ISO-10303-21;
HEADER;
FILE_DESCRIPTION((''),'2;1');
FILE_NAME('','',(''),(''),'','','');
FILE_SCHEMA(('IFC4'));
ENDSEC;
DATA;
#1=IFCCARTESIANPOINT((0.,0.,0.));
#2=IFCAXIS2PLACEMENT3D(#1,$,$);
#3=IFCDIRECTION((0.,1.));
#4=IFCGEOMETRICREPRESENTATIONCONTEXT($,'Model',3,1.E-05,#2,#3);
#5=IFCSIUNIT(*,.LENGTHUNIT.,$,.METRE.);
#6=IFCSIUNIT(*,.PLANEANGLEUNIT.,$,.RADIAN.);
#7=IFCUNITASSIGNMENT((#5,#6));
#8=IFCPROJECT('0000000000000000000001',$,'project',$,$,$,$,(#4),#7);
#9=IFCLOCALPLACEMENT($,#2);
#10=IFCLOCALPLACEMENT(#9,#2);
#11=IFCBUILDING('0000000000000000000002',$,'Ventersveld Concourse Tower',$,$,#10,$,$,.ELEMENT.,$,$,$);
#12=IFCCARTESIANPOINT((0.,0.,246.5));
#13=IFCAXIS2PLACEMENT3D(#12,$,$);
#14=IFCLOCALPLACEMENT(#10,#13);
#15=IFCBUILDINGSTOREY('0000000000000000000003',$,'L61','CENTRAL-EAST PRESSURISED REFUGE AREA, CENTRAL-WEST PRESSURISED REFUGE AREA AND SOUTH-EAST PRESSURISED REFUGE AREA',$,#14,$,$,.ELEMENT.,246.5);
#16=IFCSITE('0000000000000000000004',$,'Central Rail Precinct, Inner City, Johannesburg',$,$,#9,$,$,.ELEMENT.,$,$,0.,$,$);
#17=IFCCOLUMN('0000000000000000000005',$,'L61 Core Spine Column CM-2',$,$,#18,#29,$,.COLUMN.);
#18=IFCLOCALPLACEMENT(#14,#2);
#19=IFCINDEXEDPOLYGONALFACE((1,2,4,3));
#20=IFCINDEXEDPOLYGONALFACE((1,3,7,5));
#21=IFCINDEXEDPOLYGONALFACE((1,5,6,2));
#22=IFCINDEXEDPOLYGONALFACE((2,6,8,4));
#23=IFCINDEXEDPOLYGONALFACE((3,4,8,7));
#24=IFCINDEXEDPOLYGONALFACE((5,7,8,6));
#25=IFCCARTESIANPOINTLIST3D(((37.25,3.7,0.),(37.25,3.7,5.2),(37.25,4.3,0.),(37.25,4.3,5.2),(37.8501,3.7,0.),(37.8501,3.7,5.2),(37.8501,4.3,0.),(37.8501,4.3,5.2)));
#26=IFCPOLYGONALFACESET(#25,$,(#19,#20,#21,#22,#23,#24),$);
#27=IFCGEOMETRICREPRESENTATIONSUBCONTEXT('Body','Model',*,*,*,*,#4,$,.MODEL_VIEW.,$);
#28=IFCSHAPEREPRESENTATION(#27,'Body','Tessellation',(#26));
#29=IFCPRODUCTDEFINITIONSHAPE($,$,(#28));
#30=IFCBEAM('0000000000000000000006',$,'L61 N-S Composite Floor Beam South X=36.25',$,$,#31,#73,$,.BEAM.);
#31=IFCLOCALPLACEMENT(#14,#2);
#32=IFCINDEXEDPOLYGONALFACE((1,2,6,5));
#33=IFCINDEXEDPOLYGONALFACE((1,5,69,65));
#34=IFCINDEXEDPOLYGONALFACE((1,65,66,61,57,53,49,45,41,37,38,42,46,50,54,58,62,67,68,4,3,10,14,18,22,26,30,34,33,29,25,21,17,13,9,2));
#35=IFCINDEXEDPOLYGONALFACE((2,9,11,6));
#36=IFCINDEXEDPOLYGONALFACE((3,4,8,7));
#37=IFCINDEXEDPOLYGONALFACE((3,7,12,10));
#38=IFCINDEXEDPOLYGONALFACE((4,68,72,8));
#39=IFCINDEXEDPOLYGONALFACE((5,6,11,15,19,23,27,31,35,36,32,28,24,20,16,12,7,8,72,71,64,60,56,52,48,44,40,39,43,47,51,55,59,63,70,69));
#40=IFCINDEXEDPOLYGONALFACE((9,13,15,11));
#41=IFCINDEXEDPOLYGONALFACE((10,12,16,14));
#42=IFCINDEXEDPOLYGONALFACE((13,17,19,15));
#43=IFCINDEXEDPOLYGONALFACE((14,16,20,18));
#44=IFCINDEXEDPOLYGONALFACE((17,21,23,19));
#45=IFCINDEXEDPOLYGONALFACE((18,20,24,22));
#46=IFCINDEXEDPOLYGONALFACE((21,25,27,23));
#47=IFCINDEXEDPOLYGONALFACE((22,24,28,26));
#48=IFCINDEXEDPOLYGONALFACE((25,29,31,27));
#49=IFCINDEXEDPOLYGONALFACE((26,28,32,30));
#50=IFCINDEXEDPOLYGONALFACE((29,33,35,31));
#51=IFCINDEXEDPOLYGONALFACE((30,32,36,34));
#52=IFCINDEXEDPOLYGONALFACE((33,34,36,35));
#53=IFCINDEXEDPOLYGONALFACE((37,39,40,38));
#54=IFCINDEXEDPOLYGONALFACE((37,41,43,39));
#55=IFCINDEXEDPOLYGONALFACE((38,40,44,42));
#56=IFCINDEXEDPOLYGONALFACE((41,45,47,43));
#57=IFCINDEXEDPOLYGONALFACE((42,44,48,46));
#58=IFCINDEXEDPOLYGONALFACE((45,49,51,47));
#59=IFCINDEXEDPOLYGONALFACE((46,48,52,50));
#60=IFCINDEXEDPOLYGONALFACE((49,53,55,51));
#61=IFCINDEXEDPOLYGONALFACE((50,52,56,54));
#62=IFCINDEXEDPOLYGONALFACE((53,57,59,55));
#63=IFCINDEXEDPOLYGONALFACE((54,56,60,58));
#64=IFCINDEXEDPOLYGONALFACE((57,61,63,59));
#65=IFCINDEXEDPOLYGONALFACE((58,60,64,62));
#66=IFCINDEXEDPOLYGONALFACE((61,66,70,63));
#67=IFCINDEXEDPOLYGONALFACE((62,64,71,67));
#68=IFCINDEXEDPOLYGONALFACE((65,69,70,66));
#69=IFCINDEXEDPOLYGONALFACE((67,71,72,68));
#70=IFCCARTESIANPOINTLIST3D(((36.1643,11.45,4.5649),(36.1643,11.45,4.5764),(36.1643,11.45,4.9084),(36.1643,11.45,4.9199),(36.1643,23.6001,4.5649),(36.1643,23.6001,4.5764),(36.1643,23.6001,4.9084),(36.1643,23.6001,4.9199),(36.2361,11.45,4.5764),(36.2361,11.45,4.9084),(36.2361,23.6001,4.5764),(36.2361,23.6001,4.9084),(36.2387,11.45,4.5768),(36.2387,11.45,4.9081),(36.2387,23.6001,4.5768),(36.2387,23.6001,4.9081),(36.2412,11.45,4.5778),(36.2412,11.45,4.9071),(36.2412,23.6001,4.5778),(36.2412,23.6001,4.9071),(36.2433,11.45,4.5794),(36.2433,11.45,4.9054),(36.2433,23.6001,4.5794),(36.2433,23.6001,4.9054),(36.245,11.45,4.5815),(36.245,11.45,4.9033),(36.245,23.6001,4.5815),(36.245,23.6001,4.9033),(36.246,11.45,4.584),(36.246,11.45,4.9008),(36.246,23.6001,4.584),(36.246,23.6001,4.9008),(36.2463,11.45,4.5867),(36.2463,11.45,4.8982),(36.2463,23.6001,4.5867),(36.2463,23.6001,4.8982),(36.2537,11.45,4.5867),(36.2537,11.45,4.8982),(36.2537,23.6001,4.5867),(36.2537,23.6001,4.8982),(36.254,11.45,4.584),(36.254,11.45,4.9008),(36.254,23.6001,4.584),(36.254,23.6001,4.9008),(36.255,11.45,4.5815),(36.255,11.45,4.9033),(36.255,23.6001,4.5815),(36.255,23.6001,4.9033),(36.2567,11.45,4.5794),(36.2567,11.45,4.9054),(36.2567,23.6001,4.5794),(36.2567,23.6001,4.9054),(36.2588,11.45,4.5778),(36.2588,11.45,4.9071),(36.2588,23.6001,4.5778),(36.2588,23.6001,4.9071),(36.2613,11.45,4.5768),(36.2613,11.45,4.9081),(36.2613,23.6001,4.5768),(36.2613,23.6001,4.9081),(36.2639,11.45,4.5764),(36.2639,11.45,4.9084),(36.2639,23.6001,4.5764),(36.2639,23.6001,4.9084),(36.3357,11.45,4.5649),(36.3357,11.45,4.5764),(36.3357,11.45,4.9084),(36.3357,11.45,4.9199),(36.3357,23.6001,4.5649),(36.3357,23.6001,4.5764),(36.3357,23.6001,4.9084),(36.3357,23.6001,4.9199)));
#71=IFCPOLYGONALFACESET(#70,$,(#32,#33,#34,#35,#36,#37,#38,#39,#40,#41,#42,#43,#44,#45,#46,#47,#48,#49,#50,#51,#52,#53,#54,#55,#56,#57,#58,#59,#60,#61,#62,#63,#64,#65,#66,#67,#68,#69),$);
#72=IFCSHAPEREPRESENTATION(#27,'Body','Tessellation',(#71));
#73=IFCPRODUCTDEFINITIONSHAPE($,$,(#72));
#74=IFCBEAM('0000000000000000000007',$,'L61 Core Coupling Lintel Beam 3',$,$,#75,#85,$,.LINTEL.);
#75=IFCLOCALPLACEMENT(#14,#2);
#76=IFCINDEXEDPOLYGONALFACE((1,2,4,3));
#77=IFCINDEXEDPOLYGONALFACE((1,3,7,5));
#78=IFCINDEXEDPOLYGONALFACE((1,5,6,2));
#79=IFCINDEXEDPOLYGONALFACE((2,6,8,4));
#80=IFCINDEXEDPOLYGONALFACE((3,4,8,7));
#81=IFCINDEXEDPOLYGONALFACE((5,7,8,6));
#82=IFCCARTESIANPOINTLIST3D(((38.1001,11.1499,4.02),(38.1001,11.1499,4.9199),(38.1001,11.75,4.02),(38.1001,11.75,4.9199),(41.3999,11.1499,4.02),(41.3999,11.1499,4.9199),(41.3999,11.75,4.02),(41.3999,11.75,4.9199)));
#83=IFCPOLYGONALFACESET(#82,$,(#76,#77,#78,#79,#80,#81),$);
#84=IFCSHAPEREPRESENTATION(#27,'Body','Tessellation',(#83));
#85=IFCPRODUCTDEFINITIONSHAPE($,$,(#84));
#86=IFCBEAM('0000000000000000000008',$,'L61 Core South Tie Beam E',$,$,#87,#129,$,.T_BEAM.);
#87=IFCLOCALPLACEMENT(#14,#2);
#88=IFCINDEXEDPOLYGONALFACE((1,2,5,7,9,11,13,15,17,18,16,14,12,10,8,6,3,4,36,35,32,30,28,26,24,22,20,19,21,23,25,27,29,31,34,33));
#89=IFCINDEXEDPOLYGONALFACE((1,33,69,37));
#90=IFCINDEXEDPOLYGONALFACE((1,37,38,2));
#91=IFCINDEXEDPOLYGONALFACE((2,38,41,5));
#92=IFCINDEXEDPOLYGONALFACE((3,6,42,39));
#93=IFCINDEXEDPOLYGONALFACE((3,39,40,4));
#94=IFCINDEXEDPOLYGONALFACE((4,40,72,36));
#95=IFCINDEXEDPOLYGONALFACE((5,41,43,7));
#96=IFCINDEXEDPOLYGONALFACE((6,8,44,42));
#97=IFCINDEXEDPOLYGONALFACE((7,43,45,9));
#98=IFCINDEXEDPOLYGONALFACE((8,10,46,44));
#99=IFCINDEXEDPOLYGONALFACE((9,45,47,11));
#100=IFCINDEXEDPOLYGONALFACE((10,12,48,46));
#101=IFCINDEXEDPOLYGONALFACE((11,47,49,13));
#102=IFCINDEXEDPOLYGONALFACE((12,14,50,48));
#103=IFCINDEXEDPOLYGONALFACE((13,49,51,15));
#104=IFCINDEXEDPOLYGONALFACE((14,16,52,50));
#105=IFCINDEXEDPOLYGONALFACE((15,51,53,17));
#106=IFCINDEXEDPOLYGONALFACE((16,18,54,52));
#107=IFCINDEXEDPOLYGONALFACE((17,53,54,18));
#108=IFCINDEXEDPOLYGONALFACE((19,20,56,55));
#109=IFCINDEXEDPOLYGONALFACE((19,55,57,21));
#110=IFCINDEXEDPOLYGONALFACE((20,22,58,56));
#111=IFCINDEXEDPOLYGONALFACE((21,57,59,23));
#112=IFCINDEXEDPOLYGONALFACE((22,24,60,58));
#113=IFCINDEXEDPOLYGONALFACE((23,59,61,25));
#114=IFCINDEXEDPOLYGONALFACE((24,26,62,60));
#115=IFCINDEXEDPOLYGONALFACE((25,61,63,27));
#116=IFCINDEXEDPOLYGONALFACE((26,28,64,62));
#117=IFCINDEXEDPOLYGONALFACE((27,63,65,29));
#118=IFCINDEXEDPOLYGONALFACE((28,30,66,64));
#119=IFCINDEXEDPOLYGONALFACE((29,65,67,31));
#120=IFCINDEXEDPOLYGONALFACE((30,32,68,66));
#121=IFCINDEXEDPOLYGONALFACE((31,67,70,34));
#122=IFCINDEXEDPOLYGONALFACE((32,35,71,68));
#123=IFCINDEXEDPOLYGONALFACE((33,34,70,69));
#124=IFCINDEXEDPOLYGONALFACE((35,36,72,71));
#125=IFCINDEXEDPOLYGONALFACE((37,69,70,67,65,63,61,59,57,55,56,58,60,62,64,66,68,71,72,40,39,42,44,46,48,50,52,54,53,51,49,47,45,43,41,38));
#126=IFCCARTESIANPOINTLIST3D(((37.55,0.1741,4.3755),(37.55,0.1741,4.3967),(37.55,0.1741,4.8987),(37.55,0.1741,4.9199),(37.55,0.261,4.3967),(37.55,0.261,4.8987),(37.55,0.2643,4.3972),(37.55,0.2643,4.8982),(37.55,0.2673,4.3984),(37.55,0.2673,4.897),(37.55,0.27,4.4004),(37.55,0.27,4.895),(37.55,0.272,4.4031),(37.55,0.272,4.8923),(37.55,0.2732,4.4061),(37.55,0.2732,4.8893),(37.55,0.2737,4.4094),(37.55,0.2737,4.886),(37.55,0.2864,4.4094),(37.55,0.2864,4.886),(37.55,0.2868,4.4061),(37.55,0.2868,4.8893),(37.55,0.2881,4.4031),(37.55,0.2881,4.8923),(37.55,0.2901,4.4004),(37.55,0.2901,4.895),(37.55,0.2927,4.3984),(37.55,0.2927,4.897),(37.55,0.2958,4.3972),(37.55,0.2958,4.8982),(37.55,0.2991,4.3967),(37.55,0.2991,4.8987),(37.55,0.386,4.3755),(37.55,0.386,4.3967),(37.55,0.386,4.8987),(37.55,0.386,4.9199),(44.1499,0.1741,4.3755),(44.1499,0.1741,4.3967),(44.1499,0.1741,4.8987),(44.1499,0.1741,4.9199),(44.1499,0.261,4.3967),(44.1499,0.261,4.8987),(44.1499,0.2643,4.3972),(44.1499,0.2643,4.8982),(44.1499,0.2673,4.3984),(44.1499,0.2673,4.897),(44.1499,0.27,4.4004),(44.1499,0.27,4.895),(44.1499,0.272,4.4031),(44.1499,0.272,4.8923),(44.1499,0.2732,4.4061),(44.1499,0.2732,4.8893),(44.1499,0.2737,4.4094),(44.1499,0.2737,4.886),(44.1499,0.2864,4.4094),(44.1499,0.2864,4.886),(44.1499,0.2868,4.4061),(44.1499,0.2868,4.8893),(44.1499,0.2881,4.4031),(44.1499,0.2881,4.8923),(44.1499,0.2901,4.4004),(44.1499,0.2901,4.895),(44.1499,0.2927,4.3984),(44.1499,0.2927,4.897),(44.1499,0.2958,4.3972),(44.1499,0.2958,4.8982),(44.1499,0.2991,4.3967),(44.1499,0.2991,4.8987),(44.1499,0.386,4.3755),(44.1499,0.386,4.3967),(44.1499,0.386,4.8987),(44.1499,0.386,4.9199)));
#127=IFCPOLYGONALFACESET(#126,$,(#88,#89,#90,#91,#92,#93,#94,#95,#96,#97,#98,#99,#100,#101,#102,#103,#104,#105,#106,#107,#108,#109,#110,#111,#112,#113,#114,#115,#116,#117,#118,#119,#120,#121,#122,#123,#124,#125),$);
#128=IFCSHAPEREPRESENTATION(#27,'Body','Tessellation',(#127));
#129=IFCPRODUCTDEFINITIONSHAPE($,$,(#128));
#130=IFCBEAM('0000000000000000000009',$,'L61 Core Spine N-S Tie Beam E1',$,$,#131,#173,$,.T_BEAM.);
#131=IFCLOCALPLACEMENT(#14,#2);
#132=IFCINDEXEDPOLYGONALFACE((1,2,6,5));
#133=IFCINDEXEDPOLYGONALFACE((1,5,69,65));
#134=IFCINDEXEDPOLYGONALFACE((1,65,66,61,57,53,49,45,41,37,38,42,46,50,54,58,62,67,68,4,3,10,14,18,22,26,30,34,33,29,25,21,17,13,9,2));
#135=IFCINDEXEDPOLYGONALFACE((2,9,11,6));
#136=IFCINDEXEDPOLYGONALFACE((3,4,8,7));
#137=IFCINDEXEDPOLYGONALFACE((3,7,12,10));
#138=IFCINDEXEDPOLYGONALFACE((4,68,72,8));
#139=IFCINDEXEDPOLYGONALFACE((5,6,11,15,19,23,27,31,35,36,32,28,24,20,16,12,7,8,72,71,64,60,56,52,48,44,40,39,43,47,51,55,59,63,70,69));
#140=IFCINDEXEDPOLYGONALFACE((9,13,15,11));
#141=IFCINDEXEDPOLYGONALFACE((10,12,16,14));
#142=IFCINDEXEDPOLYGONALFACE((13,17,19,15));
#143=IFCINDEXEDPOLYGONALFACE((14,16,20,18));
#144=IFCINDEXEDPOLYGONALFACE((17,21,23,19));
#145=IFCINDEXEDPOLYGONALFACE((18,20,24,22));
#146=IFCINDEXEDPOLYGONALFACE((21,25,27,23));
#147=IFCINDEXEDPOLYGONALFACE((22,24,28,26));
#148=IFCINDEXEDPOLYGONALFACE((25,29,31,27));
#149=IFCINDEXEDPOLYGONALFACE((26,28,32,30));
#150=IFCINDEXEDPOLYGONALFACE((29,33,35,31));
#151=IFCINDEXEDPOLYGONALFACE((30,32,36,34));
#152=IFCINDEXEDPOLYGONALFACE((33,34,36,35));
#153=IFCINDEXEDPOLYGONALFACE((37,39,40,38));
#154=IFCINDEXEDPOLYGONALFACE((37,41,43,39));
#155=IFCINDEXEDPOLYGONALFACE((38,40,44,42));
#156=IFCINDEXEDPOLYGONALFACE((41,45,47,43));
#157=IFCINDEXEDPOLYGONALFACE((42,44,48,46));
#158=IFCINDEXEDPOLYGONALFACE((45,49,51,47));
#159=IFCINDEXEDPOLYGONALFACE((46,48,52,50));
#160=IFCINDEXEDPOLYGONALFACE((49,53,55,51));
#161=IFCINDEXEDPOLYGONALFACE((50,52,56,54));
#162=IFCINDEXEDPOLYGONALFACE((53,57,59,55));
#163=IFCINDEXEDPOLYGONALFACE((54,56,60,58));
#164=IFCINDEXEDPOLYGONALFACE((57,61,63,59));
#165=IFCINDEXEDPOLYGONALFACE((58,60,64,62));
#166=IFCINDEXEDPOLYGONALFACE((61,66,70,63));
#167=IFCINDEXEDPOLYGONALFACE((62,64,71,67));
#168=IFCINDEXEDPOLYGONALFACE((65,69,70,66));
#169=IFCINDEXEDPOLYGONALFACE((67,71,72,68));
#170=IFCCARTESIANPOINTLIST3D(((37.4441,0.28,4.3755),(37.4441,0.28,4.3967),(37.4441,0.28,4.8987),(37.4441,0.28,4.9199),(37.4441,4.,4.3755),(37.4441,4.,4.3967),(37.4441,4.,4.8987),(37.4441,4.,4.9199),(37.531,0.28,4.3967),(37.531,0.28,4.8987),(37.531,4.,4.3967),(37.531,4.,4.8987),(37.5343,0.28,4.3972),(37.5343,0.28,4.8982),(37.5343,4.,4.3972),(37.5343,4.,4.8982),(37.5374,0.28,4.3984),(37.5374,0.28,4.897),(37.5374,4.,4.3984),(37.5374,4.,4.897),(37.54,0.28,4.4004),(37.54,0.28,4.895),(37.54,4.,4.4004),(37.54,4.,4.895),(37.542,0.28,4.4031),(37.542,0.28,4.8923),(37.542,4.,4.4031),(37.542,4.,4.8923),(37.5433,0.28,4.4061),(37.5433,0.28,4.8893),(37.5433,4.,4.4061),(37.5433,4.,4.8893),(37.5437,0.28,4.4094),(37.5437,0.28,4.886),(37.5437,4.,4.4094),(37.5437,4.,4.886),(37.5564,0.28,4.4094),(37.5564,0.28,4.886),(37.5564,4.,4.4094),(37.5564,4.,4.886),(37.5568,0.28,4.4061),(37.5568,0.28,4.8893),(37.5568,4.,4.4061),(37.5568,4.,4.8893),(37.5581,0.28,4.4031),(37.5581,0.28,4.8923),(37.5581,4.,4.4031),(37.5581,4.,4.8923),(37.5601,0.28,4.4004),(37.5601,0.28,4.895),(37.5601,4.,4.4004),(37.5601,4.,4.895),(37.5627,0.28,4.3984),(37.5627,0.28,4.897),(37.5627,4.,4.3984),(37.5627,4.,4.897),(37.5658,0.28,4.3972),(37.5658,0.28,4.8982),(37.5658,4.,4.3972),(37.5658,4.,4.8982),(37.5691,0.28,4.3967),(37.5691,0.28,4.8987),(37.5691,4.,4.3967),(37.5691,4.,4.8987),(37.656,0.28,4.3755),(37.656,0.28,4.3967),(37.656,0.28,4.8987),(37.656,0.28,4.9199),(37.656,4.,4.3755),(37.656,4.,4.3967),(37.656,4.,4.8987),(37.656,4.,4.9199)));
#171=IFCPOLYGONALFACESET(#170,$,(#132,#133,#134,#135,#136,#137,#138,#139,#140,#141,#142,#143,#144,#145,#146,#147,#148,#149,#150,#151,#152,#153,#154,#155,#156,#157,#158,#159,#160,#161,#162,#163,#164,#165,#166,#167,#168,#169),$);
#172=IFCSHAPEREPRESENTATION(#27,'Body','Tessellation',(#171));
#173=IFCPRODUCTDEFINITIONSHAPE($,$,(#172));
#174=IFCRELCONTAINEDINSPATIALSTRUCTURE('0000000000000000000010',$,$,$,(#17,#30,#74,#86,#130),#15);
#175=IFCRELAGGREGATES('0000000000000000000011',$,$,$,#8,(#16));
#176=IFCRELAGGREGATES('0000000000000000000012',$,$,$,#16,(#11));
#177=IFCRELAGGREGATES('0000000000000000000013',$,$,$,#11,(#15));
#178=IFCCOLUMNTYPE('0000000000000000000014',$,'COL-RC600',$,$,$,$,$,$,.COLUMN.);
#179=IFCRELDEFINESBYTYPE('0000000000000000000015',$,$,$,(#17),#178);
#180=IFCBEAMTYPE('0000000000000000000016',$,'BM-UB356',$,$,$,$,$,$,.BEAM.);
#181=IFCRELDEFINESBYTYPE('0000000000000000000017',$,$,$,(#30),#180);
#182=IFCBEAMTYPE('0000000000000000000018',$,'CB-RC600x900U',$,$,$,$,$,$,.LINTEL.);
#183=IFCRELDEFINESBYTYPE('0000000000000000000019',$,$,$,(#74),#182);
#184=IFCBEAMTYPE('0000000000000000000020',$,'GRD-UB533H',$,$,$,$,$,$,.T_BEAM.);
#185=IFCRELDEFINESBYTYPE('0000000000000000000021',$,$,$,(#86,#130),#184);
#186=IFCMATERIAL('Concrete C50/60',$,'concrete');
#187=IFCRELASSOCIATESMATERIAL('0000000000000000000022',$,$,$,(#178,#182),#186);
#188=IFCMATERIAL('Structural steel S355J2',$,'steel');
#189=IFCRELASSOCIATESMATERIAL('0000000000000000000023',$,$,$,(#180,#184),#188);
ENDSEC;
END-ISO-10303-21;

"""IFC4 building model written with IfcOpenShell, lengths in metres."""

from ifc_helpers import new_model, si_unit, direction, frame, origin, origin_2d, place, context, subcontext, project, spatial, rectangle, i_section, extrude, material, material_profile, profile_set, type_object, element, save


model = new_model("IFC4")

# Units and contexts
model_context = context("Model", 3, precision=1e-05, world=origin(), true_north=direction((0.0, 1.0)))
body_context = subcontext(model_context, "Body", "Model", "MODEL_VIEW")
ifc_project = project(units=[si_unit("LENGTHUNIT", "METRE"), si_unit("PLANEANGLEUNIT", "RADIAN")], contexts=[model_context])

# Site, building, storey
site_placement = place(None, origin())
site = spatial("IfcSite", under=ifc_project, at=site_placement, Name="Central Rail Precinct, Inner City, Johannesburg", CompositionType="ELEMENT", RefElevation=0.0)
building_placement = place(site_placement, origin())
building = spatial("IfcBuilding", under=site, at=building_placement, Name="Ventersveld Concourse Tower", CompositionType="ELEMENT")
storey_placement = place(building_placement, frame((0.0, 0.0, 246.5)))
storey = spatial("IfcBuildingStorey", under=building, at=storey_placement, Name="L61", Description="CENTRAL-EAST PRESSURISED REFUGE AREA, CENTRAL-WEST PRESSURISED REFUGE AREA AND SOUTH-EAST PRESSURISED REFUGE AREA", CompositionType="ELEMENT", Elevation=246.5)

# Column
ifc_material_1 = material(Name="Concrete C50/60", Category="concrete")
ifc_material_profile_1 = material_profile(ifc_material_1, rectangle(XDim=0.6001, YDim=0.6001, at=origin_2d()), Name="RC 600x600")
ifc_profile_set_1 = profile_set([ifc_material_profile_1], Name="Concrete C50/60")
column_type = type_object("IfcColumnType", Name="COL-RC600", PredefinedType="COLUMN", material=ifc_profile_set_1)
column_placement = place(storey_placement, frame((37.55, 4.0, 0.0), z_axis=(0.0, 0.0, 1.0), x_axis=(1.0, 0.0, 0.0)))
element("IfcColumn", 1, at=column_placement, inside=storey, type_object=column_type, Name="L61 Core Spine Column CM-2", PredefinedType="COLUMN", context=body_context, shape_type="SweptSolid", body=[
    extrude(rectangle(XDim=0.6001, YDim=0.6001, at=origin_2d()), origin(), (0.0, 0.0, 1.0), 5.2),
])

# Beams
ifc_material_2 = material(Name="Structural steel S355J2", Category="steel")
ifc_material_profile_2 = material_profile(ifc_material_2, i_section(OverallWidth=0.1714, OverallDepth=0.355, WebThickness=0.0073, FlangeThickness=0.0115, FilletRadius=0.0103, at=origin_2d()), Name="UB 356x171x51")
ifc_profile_set_2 = profile_set([ifc_material_profile_2], Name="Structural steel S355J2")
beam_type_1 = type_object("IfcBeamType", Name="BM-UB356", PredefinedType="BEAM", material=ifc_profile_set_2)
beam_1_placement = place(storey_placement, frame((36.25, 11.45, 4.7424), z_axis=(0.0, 1.0, 0.0), x_axis=(-1.0, 0.0, 0.0)))
element("IfcBeam", 2, at=beam_1_placement, inside=storey, type_object=beam_type_1, Name="L61 N-S Composite Floor Beam South X=36.25", PredefinedType="BEAM", context=body_context, shape_type="SweptSolid", body=[
    extrude(i_section(OverallWidth=0.1714, OverallDepth=0.355, WebThickness=0.0073, FlangeThickness=0.0115, FilletRadius=0.0103, at=origin_2d()), origin(), (0.0, 0.0, 1.0), 12.1501),
])
ifc_material_profile_3 = material_profile(ifc_material_1, rectangle(XDim=0.6001, YDim=0.8999, at=origin_2d()), Name="RC 600x900")
ifc_profile_set_3 = profile_set([ifc_material_profile_3], Name="Concrete C50/60")
beam_type_2 = type_object("IfcBeamType", Name="CB-RC600x900U", PredefinedType="LINTEL", material=ifc_profile_set_3)
beam_2_placement = place(storey_placement, frame((38.1001, 11.45, 4.47), z_axis=(1.0, 0.0, 0.0), x_axis=(0.0, 1.0, 0.0)))
element("IfcBeam", 3, at=beam_2_placement, inside=storey, type_object=beam_type_2, Name="L61 Core Coupling Lintel Beam 3", PredefinedType="LINTEL", context=body_context, shape_type="SweptSolid", body=[
    extrude(rectangle(XDim=0.6001, YDim=0.8999, at=origin_2d()), origin(), (0.0, 0.0, 1.0), 3.2998),
])
ifc_material_profile_4 = material_profile(ifc_material_2, i_section(OverallWidth=0.2119, OverallDepth=0.5444, WebThickness=0.0127, FlangeThickness=0.0212, FilletRadius=0.0127, at=origin_2d()), Name="UB 533x210x122")
ifc_profile_set_4 = profile_set([ifc_material_profile_4], Name="Structural steel S355J2")
beam_type_3 = type_object("IfcBeamType", Name="GRD-UB533H", PredefinedType="T_BEAM", material=ifc_profile_set_4)
beam_3_placement = place(storey_placement, frame((37.55, 0.28, 4.6477), z_axis=(1.0, 0.0, 0.0), x_axis=(0.0, 1.0, 0.0)))
element("IfcBeam", 4, at=beam_3_placement, inside=storey, type_object=beam_type_3, Name="L61 Core South Tie Beam E", PredefinedType="T_BEAM", context=body_context, shape_type="SweptSolid", body=[
    extrude(i_section(OverallWidth=0.2119, OverallDepth=0.5444, WebThickness=0.0127, FlangeThickness=0.0212, FilletRadius=0.0127, at=origin_2d()), origin(), (0.0, 0.0, 1.0), 6.5999),
])
beam_4_placement = place(storey_placement, frame((37.55, 0.28, 4.6477), z_axis=(0.0, 1.0, 0.0), x_axis=(-1.0, 0.0, 0.0)))
element("IfcBeam", 5, at=beam_4_placement, inside=storey, type_object=beam_type_3, Name="L61 Core Spine N-S Tie Beam E1", PredefinedType="T_BEAM", context=body_context, shape_type="SweptSolid", body=[
    extrude(i_section(OverallWidth=0.2119, OverallDepth=0.5444, WebThickness=0.0127, FlangeThickness=0.0212, FilletRadius=0.0127, at=origin_2d()), origin(), (0.0, 0.0, 1.0), 3.72),
])

save(model, "model.ifc")
